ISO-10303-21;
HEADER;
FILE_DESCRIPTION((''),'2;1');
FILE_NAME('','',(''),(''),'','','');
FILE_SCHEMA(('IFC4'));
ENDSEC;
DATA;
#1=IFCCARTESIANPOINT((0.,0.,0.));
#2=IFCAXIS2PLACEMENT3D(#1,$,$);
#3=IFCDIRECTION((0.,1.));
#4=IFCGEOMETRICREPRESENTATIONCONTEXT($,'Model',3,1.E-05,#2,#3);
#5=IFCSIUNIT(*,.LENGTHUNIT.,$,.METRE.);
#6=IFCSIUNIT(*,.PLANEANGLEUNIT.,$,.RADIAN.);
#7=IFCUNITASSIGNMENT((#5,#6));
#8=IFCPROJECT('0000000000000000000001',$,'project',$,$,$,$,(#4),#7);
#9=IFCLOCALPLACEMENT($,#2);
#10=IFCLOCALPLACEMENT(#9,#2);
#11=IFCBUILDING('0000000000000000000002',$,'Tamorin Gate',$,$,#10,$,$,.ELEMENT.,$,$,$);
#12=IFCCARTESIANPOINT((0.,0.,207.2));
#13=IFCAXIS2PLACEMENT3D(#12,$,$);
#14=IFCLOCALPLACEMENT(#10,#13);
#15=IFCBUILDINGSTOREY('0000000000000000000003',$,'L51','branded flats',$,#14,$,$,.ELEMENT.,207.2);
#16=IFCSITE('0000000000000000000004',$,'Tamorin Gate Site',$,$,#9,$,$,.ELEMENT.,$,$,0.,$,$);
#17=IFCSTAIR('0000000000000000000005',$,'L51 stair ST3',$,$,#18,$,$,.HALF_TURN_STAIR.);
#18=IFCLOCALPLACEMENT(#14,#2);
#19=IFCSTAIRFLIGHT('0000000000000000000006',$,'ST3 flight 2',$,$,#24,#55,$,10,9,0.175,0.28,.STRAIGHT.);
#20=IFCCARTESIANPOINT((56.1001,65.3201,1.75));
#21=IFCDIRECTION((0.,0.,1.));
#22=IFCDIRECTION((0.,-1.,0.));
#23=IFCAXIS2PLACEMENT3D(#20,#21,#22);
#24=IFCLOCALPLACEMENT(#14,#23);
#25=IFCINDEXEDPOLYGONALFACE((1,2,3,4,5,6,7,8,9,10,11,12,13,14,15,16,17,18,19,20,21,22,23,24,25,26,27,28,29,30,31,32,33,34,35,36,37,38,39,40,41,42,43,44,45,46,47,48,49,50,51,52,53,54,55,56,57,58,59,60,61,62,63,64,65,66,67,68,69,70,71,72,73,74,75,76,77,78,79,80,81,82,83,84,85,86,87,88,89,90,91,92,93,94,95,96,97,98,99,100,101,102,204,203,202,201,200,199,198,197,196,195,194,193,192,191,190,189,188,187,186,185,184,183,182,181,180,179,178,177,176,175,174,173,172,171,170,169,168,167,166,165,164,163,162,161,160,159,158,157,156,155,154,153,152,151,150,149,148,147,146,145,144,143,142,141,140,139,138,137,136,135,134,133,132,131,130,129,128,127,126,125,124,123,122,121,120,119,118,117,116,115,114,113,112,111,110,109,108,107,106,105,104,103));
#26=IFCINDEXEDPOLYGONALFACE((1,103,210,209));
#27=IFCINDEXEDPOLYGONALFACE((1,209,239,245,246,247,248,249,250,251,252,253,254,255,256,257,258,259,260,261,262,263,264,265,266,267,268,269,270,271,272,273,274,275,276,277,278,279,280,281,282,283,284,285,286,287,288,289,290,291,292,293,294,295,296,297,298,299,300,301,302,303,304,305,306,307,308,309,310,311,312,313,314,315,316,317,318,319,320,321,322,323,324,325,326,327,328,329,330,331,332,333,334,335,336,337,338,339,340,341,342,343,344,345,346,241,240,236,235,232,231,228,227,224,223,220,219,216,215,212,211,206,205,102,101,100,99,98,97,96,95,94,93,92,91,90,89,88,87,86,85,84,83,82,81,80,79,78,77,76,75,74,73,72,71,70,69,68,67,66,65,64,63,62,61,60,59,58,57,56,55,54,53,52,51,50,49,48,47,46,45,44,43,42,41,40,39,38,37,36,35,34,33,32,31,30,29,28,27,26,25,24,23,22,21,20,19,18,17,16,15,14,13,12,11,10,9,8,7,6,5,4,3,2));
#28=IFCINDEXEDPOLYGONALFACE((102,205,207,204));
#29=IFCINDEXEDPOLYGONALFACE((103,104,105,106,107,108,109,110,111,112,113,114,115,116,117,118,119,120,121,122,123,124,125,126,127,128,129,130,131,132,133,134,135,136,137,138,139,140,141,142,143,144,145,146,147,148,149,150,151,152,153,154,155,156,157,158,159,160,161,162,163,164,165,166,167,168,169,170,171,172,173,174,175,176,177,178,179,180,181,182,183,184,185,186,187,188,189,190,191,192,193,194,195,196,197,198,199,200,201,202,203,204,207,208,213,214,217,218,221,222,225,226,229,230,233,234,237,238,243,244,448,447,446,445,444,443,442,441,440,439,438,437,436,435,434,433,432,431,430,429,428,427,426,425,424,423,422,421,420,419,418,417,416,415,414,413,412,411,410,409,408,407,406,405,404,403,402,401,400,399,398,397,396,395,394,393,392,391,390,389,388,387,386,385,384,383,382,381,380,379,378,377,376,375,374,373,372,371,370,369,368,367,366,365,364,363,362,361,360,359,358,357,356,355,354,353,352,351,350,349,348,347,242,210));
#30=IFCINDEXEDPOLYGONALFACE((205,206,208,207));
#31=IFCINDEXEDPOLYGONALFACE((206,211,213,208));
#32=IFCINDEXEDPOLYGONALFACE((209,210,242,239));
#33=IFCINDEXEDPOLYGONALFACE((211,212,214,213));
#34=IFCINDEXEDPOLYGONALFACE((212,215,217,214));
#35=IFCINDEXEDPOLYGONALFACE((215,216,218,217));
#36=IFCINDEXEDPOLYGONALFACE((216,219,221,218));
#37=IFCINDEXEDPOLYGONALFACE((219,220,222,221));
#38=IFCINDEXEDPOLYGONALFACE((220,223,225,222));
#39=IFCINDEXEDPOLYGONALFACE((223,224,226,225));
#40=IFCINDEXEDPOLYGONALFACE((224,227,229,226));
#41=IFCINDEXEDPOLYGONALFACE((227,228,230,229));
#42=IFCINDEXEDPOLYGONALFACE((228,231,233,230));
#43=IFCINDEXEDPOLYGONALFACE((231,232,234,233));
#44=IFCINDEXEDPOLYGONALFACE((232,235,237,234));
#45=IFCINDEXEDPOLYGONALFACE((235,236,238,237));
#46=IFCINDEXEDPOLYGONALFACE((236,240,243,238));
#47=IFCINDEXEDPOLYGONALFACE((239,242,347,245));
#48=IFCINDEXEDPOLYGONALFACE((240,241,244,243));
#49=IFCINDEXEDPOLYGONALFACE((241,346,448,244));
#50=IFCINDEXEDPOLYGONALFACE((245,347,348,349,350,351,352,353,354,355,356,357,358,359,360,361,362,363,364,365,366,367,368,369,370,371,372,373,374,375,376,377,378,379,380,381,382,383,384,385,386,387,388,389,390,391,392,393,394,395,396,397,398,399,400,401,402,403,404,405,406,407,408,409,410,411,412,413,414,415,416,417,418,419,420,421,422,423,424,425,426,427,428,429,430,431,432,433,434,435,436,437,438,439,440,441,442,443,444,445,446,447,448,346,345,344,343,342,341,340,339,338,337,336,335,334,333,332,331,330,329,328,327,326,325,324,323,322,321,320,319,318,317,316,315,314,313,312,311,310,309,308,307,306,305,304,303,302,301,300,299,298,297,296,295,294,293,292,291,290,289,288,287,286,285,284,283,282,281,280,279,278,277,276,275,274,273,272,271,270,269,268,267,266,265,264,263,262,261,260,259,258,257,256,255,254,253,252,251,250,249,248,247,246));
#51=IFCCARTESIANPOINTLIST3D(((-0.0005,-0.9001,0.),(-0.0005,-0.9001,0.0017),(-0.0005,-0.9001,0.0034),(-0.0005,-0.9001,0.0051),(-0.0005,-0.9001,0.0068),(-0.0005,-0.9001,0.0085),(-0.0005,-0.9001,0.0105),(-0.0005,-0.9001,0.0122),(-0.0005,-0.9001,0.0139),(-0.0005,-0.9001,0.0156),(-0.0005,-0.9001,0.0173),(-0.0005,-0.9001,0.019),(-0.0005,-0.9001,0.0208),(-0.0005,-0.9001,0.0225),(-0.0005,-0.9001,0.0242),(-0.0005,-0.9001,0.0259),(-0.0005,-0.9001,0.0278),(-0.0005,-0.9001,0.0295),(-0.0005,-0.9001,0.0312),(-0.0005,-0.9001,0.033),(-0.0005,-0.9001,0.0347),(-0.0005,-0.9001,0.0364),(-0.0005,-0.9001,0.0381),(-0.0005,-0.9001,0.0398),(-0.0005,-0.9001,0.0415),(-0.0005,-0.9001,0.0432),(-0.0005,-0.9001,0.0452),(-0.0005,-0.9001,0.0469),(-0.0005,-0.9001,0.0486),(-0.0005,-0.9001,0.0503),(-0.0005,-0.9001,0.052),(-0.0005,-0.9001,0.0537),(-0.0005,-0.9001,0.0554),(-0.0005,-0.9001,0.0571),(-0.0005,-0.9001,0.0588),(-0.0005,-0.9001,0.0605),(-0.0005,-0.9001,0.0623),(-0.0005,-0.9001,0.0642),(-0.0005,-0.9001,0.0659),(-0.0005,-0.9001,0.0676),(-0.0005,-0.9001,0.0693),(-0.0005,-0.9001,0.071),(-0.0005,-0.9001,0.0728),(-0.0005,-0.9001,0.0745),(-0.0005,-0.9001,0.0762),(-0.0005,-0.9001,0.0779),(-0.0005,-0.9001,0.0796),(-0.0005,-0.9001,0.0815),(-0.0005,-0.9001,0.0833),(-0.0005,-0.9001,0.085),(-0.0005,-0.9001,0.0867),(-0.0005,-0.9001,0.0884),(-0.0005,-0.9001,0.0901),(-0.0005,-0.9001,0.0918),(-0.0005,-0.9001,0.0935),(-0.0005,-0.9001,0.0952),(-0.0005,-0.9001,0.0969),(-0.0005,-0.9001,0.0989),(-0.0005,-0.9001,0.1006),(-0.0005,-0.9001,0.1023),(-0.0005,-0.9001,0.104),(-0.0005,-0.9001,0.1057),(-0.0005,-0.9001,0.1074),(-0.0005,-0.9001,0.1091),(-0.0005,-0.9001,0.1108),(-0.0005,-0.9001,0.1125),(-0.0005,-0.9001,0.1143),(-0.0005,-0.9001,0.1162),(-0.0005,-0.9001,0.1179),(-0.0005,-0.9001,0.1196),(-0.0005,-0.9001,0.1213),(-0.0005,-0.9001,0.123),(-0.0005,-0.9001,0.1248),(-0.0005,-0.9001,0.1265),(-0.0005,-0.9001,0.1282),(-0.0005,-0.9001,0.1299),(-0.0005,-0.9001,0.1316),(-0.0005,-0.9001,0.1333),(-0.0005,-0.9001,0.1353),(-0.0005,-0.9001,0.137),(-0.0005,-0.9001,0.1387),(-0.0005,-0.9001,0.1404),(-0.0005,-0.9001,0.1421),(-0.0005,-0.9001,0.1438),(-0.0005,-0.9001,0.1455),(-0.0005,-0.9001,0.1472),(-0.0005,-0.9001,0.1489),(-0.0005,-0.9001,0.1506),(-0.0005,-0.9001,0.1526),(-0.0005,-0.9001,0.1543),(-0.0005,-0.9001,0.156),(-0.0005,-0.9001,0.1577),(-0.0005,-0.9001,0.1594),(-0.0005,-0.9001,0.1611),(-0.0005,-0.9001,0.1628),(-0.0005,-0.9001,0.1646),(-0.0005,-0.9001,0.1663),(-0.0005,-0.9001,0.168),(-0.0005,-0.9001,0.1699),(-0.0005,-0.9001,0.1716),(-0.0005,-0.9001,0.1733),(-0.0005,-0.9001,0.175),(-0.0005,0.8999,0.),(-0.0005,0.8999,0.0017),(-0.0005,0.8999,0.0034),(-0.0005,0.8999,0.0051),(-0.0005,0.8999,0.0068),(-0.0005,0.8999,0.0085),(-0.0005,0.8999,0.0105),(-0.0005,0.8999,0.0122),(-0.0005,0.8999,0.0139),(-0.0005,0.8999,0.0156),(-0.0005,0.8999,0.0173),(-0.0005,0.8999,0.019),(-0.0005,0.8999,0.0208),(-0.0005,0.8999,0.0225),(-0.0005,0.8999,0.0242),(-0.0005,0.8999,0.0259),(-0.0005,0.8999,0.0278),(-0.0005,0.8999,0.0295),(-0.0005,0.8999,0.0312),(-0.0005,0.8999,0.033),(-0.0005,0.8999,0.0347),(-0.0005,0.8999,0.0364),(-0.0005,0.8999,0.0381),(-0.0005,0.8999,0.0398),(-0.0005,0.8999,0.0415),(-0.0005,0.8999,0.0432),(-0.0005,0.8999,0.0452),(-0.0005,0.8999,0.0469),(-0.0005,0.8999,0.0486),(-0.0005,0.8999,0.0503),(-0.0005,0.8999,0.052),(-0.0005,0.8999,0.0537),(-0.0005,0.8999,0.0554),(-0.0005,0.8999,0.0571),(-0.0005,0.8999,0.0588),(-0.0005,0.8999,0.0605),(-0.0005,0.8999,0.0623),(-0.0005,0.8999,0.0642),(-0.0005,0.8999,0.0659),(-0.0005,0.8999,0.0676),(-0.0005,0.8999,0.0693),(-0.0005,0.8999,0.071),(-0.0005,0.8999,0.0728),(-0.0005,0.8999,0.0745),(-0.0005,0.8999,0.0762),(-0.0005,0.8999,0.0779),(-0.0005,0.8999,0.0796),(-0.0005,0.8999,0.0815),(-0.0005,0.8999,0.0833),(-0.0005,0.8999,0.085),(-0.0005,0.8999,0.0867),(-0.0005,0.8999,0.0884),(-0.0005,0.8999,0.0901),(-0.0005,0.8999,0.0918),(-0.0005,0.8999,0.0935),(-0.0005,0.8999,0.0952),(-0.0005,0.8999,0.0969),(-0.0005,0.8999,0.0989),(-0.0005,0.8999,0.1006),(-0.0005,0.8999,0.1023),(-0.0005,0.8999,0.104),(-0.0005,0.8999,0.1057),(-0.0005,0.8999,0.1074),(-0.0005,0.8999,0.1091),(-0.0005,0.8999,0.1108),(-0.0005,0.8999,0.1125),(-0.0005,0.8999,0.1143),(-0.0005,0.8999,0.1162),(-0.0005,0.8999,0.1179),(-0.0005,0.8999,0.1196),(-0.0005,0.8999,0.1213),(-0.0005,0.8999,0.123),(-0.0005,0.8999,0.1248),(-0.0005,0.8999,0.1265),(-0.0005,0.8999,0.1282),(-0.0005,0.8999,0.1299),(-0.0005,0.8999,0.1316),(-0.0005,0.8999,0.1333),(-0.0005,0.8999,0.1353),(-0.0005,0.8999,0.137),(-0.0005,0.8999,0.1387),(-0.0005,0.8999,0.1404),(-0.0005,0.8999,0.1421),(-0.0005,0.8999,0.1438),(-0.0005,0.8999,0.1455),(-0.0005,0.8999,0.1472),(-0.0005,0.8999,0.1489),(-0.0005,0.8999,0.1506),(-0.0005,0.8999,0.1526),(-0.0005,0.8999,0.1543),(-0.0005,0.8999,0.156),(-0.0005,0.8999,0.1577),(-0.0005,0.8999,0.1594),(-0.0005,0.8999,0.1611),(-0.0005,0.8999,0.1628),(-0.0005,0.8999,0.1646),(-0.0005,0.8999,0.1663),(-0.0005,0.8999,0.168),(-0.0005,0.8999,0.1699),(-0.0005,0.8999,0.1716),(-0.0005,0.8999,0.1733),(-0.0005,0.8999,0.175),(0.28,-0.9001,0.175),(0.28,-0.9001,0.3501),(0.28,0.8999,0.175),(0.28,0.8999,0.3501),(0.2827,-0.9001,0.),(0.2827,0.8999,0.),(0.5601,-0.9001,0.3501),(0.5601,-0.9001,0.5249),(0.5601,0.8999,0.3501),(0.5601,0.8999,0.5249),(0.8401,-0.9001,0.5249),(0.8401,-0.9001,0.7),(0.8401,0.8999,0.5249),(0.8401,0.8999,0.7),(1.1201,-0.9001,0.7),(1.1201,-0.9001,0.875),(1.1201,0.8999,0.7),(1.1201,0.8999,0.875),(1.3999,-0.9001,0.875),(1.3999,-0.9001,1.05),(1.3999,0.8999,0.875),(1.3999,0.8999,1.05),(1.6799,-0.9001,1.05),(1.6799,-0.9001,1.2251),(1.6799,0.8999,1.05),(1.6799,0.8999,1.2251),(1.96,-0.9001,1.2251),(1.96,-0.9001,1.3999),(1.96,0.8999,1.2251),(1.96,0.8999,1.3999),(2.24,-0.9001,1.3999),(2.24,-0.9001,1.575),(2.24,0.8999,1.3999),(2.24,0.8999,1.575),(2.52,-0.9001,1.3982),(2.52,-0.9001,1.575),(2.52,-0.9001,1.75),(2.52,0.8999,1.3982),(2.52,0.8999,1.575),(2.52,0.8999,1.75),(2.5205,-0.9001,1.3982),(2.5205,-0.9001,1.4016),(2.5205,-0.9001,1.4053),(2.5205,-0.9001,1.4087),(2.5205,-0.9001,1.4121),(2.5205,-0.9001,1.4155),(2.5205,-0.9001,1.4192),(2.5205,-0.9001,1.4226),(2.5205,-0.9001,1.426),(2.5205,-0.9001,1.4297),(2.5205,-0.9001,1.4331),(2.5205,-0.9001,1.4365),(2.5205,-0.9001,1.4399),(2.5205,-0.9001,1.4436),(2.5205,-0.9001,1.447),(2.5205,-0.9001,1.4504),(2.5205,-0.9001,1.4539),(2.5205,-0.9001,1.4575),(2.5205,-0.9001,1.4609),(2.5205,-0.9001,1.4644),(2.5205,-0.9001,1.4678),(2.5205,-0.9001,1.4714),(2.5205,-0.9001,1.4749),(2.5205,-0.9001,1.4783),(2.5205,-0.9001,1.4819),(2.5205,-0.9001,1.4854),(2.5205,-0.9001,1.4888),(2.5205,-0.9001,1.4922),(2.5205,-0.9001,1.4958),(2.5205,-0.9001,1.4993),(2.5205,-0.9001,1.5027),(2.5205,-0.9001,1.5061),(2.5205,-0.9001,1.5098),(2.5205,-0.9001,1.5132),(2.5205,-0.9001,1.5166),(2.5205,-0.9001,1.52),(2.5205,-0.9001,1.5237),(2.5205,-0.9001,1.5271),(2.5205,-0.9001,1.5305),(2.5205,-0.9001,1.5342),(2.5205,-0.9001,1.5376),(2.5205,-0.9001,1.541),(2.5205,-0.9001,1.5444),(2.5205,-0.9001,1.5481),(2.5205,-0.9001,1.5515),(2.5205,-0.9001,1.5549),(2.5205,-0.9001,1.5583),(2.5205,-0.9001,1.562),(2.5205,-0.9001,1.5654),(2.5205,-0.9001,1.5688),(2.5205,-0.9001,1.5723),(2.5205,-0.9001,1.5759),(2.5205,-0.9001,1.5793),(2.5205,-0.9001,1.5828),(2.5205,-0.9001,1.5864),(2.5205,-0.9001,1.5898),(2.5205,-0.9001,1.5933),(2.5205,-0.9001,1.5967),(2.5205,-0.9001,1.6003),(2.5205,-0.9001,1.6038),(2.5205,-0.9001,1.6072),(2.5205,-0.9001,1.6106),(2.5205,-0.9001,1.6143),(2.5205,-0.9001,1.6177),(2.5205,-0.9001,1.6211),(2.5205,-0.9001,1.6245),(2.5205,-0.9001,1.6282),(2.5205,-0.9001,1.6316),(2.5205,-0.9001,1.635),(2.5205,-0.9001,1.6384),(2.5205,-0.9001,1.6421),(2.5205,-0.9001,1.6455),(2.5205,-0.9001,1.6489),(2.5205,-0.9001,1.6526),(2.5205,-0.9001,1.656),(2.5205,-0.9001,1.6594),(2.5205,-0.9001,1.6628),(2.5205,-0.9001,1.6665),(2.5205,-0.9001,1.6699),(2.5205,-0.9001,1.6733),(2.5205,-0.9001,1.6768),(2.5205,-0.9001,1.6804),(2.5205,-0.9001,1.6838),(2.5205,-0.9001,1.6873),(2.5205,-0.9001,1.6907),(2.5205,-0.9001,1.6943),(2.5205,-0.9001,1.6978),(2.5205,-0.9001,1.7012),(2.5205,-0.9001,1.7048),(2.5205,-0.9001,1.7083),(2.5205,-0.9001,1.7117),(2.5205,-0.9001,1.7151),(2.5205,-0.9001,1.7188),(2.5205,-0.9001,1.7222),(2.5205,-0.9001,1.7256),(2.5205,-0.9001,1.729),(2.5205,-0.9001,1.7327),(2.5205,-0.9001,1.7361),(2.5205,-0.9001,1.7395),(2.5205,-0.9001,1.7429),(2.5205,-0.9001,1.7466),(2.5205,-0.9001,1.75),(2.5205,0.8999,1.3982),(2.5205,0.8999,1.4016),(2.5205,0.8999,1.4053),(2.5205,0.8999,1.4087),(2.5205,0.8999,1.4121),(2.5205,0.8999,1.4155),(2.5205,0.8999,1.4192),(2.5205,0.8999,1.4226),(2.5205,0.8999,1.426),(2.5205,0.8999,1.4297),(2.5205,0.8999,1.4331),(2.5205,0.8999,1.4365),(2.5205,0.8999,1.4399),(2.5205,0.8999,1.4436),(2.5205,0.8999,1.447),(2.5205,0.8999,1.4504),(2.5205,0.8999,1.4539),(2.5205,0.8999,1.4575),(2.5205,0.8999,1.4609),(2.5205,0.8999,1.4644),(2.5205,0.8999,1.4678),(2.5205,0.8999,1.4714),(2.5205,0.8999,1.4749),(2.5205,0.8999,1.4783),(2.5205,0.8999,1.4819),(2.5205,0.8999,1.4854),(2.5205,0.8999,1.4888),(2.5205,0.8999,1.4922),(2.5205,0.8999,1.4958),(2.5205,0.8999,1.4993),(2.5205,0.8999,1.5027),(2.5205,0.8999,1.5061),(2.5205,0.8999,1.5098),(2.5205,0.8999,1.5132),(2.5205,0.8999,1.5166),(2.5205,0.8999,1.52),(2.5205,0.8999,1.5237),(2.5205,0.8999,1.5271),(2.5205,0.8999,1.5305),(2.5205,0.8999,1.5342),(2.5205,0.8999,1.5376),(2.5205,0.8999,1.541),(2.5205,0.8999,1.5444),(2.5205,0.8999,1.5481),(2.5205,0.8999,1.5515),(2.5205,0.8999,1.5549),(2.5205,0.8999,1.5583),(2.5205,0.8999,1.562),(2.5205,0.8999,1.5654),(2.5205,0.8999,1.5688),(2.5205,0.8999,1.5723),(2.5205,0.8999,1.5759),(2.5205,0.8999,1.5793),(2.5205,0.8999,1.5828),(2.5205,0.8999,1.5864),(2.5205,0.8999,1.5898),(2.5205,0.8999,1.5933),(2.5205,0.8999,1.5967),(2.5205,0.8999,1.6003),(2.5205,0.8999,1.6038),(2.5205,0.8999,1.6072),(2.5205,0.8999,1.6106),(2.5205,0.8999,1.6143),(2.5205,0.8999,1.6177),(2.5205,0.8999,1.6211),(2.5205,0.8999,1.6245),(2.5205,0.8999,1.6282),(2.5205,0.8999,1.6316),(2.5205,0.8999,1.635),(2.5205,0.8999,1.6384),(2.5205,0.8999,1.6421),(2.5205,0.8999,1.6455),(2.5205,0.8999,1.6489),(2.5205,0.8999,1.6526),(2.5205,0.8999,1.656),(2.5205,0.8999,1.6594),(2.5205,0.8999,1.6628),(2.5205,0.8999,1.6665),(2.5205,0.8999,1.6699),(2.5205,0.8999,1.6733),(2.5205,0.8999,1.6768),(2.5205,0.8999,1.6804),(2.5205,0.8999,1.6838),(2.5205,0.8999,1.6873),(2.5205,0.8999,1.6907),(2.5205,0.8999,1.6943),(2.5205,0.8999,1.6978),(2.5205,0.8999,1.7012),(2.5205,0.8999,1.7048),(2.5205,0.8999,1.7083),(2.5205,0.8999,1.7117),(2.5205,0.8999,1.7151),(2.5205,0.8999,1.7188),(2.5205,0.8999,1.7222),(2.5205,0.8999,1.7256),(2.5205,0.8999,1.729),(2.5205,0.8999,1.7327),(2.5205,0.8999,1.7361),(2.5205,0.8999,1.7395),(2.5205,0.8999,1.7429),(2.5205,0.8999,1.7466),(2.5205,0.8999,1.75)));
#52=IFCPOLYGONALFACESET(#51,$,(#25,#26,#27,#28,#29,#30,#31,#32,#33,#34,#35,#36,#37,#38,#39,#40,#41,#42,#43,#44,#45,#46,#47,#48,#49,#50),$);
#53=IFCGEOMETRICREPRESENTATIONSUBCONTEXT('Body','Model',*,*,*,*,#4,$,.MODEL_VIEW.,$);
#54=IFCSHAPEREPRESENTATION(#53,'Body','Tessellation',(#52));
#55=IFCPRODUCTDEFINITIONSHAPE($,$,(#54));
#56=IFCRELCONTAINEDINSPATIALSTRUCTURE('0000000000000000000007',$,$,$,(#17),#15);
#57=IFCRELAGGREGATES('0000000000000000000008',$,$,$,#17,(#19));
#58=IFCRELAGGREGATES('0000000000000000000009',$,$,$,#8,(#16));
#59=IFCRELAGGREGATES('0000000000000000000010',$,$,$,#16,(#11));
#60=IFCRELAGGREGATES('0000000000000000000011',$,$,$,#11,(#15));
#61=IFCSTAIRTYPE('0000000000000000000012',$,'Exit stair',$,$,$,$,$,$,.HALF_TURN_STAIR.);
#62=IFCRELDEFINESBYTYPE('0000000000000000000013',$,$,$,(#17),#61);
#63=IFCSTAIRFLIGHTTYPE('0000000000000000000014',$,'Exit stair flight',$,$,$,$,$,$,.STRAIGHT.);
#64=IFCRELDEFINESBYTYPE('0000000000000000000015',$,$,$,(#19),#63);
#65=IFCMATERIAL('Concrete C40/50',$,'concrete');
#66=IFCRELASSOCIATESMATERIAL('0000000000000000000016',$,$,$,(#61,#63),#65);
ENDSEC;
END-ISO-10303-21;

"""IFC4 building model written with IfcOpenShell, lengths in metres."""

from ifc_helpers import new_model, si_unit, direction, frame, origin, place, context, subcontext, project, spatial, polyline, outline, extrude, material, type_object, element, aggregate, save


model = new_model("IFC4")

# Units and contexts
model_context = context("Model", 3, precision=1e-05, world=origin(), true_north=direction((0.0, 1.0)))
body_context = subcontext(model_context, "Body", "Model", "MODEL_VIEW")
ifc_project = project(units=[si_unit("LENGTHUNIT", "METRE"), si_unit("PLANEANGLEUNIT", "RADIAN")], contexts=[model_context])

# Site, building, storey
site_placement = place(None, origin())
site = spatial("IfcSite", under=ifc_project, at=site_placement, Name="Tamorin Gate Site", CompositionType="ELEMENT", RefElevation=0.0)
building_placement = place(site_placement, origin())
building = spatial("IfcBuilding", under=site, at=building_placement, Name="Tamorin Gate", CompositionType="ELEMENT")
storey_placement = place(building_placement, frame((0.0, 0.0, 207.2)))
storey = spatial("IfcBuildingStorey", under=building, at=storey_placement, Name="L51", Description="branded flats", CompositionType="ELEMENT", Elevation=207.2)

# Shared definitions
ifc_material_1 = material(Name="Concrete C40/50", Category="concrete")

# Stair, stair flight
stair_type = type_object("IfcStairType", Name="Exit stair", PredefinedType="HALF_TURN_STAIR", material=ifc_material_1)
stair_placement = place(storey_placement, origin())
stair = element("IfcStair", 1, at=stair_placement, inside=storey, type_object=stair_type, Name="L51 stair ST3", PredefinedType="HALF_TURN_STAIR")
stair_flight_type = type_object("IfcStairFlightType", Name="Exit stair flight", PredefinedType="STRAIGHT", material=ifc_material_1)
stair_flight_1_placement = place(storey_placement, frame((56.1001, 65.3201, 1.75), z_axis=(0.0, 0.0, 1.0), x_axis=(0.0, -1.0, 0.0)))
stair_flight_1 = element("IfcStairFlight", 2, at=stair_flight_1_placement, type_object=stair_flight_type, Name="ST3 flight 2", NumberOfRisers=10, NumberOfTreads=9, PredefinedType="STRAIGHT", RiserHeight=0.175, TreadLength=0.28, context=body_context, shape_type="SweptSolid", body=[
    extrude(outline(polyline([(-0.0005, 0.0), (-0.0005, 0.0017), (-0.0005, 0.0034), (-0.0005, 0.0051), (-0.0005, 0.0068), (-0.0005, 0.0085), (-0.0005, 0.0105), (-0.0005, 0.0122), (-0.0005, 0.0139), (-0.0005, 0.0156), (-0.0005, 0.0173), (-0.0005, 0.019), (-0.0005, 0.0208), (-0.0005, 0.0225), (-0.0005, 0.0242), (-0.0005, 0.0259), (-0.0005, 0.0278), (-0.0005, 0.0295), (-0.0005, 0.0312), (-0.0005, 0.033), (-0.0005, 0.0347), (-0.0005, 0.0364), (-0.0005, 0.0381), (-0.0005, 0.0398), (-0.0005, 0.0415), (-0.0005, 0.0432), (-0.0005, 0.0452), (-0.0005, 0.0469), (-0.0005, 0.0486), (-0.0005, 0.0503), (-0.0005, 0.052), (-0.0005, 0.0537), (-0.0005, 0.0554), (-0.0005, 0.0571), (-0.0005, 0.0588), (-0.0005, 0.0605), (-0.0005, 0.0623), (-0.0005, 0.0642), (-0.0005, 0.0659), (-0.0005, 0.0676), (-0.0005, 0.0693), (-0.0005, 0.071), (-0.0005, 0.0728), (-0.0005, 0.0745), (-0.0005, 0.0762), (-0.0005, 0.0779), (-0.0005, 0.0796), (-0.0005, 0.0815), (-0.0005, 0.0833), (-0.0005, 0.085), (-0.0005, 0.0867), (-0.0005, 0.0884), (-0.0005, 0.0901), (-0.0005, 0.0918), (-0.0005, 0.0935), (-0.0005, 0.0952), (-0.0005, 0.0969), (-0.0005, 0.0989), (-0.0005, 0.1006), (-0.0005, 0.1023), (-0.0005, 0.104), (-0.0005, 0.1057), (-0.0005, 0.1074), (-0.0005, 0.1091), (-0.0005, 0.1108), (-0.0005, 0.1125), (-0.0005, 0.1143), (-0.0005, 0.1162), (-0.0005, 0.1179), (-0.0005, 0.1196), (-0.0005, 0.1213), (-0.0005, 0.123), (-0.0005, 0.1248), (-0.0005, 0.1265), (-0.0005, 0.1282), (-0.0005, 0.1299), (-0.0005, 0.1316), (-0.0005, 0.1333), (-0.0005, 0.1353), (-0.0005, 0.137), (-0.0005, 0.1387), (-0.0005, 0.1404), (-0.0005, 0.1421), (-0.0005, 0.1438), (-0.0005, 0.1455), (-0.0005, 0.1472), (-0.0005, 0.1489), (-0.0005, 0.1506), (-0.0005, 0.1526), (-0.0005, 0.1543), (-0.0005, 0.156), (-0.0005, 0.1577), (-0.0005, 0.1594), (-0.0005, 0.1611), (-0.0005, 0.1628), (-0.0005, 0.1646), (-0.0005, 0.1663), (-0.0005, 0.168), (-0.0005, 0.1699), (-0.0005, 0.1716), (-0.0005, 0.1733), (-0.0005, 0.175), (0.28, 0.175), (0.28, 0.3501), (0.5601, 0.3501), (0.5601, 0.5249), (0.8401, 0.5249), (0.8401, 0.7), (1.1201, 0.7), (1.1201, 0.875), (1.3999, 0.875), (1.3999, 1.05), (1.6799, 1.05), (1.6799, 1.2251), (1.96, 1.2251), (1.96, 1.3999), (2.24, 1.3999), (2.24, 1.575), (2.52, 1.575), (2.52, 1.75), (2.5205, 1.75), (2.5205, 1.7466), (2.5205, 1.7429), (2.5205, 1.7395), (2.5205, 1.7361), (2.5205, 1.7327), (2.5205, 1.729), (2.5205, 1.7256), (2.5205, 1.7222), (2.5205, 1.7188), (2.5205, 1.7151), (2.5205, 1.7117), (2.5205, 1.7083), (2.5205, 1.7048), (2.5205, 1.7012), (2.5205, 1.6978), (2.5205, 1.6943), (2.5205, 1.6907), (2.5205, 1.6873), (2.5205, 1.6838), (2.5205, 1.6804), (2.5205, 1.6768), (2.5205, 1.6733), (2.5205, 1.6699), (2.5205, 1.6665), (2.5205, 1.6628), (2.5205, 1.6594), (2.5205, 1.656), (2.5205, 1.6526), (2.5205, 1.6489), (2.5205, 1.6455), (2.5205, 1.6421), (2.5205, 1.6384), (2.5205, 1.635), (2.5205, 1.6316), (2.5205, 1.6282), (2.5205, 1.6245), (2.5205, 1.6211), (2.5205, 1.6177), (2.5205, 1.6143), (2.5205, 1.6106), (2.5205, 1.6072), (2.5205, 1.6038), (2.5205, 1.6003), (2.5205, 1.5967), (2.5205, 1.5933), (2.5205, 1.5898), (2.5205, 1.5864), (2.5205, 1.5828), (2.5205, 1.5793), (2.5205, 1.5759), (2.5205, 1.5723), (2.5205, 1.5688), (2.5205, 1.5654), (2.5205, 1.562), (2.5205, 1.5583), (2.5205, 1.5549), (2.5205, 1.5515), (2.5205, 1.5481), (2.5205, 1.5444), (2.5205, 1.541), (2.5205, 1.5376), (2.5205, 1.5342), (2.5205, 1.5305), (2.5205, 1.5271), (2.5205, 1.5237), (2.5205, 1.52), (2.5205, 1.5166), (2.5205, 1.5132), (2.5205, 1.5098), (2.5205, 1.5061), (2.5205, 1.5027), (2.5205, 1.4993), (2.5205, 1.4958), (2.5205, 1.4922), (2.5205, 1.4888), (2.5205, 1.4854), (2.5205, 1.4819), (2.5205, 1.4783), (2.5205, 1.4749), (2.5205, 1.4714), (2.5205, 1.4678), (2.5205, 1.4644), (2.5205, 1.4609), (2.5205, 1.4575), (2.5205, 1.4539), (2.5205, 1.4504), (2.5205, 1.447), (2.5205, 1.4436), (2.5205, 1.4399), (2.5205, 1.4365), (2.5205, 1.4331), (2.5205, 1.4297), (2.5205, 1.426), (2.5205, 1.4226), (2.5205, 1.4192), (2.5205, 1.4155), (2.5205, 1.4121), (2.5205, 1.4087), (2.5205, 1.4053), (2.5205, 1.4016), (2.5205, 1.3982), (2.52, 1.3982), (0.2827, 0.0), (-0.0005, 0.0)])), frame((0.0, 0.8999, 0.0), z_axis=(0.0, -1.0, 0.0), x_axis=(1.0, 0.0, 0.0)), (0.0, 0.0, 1.0), 1.8),
])
aggregate(stair, [stair_flight_1])

save(model, "model.ifc")
